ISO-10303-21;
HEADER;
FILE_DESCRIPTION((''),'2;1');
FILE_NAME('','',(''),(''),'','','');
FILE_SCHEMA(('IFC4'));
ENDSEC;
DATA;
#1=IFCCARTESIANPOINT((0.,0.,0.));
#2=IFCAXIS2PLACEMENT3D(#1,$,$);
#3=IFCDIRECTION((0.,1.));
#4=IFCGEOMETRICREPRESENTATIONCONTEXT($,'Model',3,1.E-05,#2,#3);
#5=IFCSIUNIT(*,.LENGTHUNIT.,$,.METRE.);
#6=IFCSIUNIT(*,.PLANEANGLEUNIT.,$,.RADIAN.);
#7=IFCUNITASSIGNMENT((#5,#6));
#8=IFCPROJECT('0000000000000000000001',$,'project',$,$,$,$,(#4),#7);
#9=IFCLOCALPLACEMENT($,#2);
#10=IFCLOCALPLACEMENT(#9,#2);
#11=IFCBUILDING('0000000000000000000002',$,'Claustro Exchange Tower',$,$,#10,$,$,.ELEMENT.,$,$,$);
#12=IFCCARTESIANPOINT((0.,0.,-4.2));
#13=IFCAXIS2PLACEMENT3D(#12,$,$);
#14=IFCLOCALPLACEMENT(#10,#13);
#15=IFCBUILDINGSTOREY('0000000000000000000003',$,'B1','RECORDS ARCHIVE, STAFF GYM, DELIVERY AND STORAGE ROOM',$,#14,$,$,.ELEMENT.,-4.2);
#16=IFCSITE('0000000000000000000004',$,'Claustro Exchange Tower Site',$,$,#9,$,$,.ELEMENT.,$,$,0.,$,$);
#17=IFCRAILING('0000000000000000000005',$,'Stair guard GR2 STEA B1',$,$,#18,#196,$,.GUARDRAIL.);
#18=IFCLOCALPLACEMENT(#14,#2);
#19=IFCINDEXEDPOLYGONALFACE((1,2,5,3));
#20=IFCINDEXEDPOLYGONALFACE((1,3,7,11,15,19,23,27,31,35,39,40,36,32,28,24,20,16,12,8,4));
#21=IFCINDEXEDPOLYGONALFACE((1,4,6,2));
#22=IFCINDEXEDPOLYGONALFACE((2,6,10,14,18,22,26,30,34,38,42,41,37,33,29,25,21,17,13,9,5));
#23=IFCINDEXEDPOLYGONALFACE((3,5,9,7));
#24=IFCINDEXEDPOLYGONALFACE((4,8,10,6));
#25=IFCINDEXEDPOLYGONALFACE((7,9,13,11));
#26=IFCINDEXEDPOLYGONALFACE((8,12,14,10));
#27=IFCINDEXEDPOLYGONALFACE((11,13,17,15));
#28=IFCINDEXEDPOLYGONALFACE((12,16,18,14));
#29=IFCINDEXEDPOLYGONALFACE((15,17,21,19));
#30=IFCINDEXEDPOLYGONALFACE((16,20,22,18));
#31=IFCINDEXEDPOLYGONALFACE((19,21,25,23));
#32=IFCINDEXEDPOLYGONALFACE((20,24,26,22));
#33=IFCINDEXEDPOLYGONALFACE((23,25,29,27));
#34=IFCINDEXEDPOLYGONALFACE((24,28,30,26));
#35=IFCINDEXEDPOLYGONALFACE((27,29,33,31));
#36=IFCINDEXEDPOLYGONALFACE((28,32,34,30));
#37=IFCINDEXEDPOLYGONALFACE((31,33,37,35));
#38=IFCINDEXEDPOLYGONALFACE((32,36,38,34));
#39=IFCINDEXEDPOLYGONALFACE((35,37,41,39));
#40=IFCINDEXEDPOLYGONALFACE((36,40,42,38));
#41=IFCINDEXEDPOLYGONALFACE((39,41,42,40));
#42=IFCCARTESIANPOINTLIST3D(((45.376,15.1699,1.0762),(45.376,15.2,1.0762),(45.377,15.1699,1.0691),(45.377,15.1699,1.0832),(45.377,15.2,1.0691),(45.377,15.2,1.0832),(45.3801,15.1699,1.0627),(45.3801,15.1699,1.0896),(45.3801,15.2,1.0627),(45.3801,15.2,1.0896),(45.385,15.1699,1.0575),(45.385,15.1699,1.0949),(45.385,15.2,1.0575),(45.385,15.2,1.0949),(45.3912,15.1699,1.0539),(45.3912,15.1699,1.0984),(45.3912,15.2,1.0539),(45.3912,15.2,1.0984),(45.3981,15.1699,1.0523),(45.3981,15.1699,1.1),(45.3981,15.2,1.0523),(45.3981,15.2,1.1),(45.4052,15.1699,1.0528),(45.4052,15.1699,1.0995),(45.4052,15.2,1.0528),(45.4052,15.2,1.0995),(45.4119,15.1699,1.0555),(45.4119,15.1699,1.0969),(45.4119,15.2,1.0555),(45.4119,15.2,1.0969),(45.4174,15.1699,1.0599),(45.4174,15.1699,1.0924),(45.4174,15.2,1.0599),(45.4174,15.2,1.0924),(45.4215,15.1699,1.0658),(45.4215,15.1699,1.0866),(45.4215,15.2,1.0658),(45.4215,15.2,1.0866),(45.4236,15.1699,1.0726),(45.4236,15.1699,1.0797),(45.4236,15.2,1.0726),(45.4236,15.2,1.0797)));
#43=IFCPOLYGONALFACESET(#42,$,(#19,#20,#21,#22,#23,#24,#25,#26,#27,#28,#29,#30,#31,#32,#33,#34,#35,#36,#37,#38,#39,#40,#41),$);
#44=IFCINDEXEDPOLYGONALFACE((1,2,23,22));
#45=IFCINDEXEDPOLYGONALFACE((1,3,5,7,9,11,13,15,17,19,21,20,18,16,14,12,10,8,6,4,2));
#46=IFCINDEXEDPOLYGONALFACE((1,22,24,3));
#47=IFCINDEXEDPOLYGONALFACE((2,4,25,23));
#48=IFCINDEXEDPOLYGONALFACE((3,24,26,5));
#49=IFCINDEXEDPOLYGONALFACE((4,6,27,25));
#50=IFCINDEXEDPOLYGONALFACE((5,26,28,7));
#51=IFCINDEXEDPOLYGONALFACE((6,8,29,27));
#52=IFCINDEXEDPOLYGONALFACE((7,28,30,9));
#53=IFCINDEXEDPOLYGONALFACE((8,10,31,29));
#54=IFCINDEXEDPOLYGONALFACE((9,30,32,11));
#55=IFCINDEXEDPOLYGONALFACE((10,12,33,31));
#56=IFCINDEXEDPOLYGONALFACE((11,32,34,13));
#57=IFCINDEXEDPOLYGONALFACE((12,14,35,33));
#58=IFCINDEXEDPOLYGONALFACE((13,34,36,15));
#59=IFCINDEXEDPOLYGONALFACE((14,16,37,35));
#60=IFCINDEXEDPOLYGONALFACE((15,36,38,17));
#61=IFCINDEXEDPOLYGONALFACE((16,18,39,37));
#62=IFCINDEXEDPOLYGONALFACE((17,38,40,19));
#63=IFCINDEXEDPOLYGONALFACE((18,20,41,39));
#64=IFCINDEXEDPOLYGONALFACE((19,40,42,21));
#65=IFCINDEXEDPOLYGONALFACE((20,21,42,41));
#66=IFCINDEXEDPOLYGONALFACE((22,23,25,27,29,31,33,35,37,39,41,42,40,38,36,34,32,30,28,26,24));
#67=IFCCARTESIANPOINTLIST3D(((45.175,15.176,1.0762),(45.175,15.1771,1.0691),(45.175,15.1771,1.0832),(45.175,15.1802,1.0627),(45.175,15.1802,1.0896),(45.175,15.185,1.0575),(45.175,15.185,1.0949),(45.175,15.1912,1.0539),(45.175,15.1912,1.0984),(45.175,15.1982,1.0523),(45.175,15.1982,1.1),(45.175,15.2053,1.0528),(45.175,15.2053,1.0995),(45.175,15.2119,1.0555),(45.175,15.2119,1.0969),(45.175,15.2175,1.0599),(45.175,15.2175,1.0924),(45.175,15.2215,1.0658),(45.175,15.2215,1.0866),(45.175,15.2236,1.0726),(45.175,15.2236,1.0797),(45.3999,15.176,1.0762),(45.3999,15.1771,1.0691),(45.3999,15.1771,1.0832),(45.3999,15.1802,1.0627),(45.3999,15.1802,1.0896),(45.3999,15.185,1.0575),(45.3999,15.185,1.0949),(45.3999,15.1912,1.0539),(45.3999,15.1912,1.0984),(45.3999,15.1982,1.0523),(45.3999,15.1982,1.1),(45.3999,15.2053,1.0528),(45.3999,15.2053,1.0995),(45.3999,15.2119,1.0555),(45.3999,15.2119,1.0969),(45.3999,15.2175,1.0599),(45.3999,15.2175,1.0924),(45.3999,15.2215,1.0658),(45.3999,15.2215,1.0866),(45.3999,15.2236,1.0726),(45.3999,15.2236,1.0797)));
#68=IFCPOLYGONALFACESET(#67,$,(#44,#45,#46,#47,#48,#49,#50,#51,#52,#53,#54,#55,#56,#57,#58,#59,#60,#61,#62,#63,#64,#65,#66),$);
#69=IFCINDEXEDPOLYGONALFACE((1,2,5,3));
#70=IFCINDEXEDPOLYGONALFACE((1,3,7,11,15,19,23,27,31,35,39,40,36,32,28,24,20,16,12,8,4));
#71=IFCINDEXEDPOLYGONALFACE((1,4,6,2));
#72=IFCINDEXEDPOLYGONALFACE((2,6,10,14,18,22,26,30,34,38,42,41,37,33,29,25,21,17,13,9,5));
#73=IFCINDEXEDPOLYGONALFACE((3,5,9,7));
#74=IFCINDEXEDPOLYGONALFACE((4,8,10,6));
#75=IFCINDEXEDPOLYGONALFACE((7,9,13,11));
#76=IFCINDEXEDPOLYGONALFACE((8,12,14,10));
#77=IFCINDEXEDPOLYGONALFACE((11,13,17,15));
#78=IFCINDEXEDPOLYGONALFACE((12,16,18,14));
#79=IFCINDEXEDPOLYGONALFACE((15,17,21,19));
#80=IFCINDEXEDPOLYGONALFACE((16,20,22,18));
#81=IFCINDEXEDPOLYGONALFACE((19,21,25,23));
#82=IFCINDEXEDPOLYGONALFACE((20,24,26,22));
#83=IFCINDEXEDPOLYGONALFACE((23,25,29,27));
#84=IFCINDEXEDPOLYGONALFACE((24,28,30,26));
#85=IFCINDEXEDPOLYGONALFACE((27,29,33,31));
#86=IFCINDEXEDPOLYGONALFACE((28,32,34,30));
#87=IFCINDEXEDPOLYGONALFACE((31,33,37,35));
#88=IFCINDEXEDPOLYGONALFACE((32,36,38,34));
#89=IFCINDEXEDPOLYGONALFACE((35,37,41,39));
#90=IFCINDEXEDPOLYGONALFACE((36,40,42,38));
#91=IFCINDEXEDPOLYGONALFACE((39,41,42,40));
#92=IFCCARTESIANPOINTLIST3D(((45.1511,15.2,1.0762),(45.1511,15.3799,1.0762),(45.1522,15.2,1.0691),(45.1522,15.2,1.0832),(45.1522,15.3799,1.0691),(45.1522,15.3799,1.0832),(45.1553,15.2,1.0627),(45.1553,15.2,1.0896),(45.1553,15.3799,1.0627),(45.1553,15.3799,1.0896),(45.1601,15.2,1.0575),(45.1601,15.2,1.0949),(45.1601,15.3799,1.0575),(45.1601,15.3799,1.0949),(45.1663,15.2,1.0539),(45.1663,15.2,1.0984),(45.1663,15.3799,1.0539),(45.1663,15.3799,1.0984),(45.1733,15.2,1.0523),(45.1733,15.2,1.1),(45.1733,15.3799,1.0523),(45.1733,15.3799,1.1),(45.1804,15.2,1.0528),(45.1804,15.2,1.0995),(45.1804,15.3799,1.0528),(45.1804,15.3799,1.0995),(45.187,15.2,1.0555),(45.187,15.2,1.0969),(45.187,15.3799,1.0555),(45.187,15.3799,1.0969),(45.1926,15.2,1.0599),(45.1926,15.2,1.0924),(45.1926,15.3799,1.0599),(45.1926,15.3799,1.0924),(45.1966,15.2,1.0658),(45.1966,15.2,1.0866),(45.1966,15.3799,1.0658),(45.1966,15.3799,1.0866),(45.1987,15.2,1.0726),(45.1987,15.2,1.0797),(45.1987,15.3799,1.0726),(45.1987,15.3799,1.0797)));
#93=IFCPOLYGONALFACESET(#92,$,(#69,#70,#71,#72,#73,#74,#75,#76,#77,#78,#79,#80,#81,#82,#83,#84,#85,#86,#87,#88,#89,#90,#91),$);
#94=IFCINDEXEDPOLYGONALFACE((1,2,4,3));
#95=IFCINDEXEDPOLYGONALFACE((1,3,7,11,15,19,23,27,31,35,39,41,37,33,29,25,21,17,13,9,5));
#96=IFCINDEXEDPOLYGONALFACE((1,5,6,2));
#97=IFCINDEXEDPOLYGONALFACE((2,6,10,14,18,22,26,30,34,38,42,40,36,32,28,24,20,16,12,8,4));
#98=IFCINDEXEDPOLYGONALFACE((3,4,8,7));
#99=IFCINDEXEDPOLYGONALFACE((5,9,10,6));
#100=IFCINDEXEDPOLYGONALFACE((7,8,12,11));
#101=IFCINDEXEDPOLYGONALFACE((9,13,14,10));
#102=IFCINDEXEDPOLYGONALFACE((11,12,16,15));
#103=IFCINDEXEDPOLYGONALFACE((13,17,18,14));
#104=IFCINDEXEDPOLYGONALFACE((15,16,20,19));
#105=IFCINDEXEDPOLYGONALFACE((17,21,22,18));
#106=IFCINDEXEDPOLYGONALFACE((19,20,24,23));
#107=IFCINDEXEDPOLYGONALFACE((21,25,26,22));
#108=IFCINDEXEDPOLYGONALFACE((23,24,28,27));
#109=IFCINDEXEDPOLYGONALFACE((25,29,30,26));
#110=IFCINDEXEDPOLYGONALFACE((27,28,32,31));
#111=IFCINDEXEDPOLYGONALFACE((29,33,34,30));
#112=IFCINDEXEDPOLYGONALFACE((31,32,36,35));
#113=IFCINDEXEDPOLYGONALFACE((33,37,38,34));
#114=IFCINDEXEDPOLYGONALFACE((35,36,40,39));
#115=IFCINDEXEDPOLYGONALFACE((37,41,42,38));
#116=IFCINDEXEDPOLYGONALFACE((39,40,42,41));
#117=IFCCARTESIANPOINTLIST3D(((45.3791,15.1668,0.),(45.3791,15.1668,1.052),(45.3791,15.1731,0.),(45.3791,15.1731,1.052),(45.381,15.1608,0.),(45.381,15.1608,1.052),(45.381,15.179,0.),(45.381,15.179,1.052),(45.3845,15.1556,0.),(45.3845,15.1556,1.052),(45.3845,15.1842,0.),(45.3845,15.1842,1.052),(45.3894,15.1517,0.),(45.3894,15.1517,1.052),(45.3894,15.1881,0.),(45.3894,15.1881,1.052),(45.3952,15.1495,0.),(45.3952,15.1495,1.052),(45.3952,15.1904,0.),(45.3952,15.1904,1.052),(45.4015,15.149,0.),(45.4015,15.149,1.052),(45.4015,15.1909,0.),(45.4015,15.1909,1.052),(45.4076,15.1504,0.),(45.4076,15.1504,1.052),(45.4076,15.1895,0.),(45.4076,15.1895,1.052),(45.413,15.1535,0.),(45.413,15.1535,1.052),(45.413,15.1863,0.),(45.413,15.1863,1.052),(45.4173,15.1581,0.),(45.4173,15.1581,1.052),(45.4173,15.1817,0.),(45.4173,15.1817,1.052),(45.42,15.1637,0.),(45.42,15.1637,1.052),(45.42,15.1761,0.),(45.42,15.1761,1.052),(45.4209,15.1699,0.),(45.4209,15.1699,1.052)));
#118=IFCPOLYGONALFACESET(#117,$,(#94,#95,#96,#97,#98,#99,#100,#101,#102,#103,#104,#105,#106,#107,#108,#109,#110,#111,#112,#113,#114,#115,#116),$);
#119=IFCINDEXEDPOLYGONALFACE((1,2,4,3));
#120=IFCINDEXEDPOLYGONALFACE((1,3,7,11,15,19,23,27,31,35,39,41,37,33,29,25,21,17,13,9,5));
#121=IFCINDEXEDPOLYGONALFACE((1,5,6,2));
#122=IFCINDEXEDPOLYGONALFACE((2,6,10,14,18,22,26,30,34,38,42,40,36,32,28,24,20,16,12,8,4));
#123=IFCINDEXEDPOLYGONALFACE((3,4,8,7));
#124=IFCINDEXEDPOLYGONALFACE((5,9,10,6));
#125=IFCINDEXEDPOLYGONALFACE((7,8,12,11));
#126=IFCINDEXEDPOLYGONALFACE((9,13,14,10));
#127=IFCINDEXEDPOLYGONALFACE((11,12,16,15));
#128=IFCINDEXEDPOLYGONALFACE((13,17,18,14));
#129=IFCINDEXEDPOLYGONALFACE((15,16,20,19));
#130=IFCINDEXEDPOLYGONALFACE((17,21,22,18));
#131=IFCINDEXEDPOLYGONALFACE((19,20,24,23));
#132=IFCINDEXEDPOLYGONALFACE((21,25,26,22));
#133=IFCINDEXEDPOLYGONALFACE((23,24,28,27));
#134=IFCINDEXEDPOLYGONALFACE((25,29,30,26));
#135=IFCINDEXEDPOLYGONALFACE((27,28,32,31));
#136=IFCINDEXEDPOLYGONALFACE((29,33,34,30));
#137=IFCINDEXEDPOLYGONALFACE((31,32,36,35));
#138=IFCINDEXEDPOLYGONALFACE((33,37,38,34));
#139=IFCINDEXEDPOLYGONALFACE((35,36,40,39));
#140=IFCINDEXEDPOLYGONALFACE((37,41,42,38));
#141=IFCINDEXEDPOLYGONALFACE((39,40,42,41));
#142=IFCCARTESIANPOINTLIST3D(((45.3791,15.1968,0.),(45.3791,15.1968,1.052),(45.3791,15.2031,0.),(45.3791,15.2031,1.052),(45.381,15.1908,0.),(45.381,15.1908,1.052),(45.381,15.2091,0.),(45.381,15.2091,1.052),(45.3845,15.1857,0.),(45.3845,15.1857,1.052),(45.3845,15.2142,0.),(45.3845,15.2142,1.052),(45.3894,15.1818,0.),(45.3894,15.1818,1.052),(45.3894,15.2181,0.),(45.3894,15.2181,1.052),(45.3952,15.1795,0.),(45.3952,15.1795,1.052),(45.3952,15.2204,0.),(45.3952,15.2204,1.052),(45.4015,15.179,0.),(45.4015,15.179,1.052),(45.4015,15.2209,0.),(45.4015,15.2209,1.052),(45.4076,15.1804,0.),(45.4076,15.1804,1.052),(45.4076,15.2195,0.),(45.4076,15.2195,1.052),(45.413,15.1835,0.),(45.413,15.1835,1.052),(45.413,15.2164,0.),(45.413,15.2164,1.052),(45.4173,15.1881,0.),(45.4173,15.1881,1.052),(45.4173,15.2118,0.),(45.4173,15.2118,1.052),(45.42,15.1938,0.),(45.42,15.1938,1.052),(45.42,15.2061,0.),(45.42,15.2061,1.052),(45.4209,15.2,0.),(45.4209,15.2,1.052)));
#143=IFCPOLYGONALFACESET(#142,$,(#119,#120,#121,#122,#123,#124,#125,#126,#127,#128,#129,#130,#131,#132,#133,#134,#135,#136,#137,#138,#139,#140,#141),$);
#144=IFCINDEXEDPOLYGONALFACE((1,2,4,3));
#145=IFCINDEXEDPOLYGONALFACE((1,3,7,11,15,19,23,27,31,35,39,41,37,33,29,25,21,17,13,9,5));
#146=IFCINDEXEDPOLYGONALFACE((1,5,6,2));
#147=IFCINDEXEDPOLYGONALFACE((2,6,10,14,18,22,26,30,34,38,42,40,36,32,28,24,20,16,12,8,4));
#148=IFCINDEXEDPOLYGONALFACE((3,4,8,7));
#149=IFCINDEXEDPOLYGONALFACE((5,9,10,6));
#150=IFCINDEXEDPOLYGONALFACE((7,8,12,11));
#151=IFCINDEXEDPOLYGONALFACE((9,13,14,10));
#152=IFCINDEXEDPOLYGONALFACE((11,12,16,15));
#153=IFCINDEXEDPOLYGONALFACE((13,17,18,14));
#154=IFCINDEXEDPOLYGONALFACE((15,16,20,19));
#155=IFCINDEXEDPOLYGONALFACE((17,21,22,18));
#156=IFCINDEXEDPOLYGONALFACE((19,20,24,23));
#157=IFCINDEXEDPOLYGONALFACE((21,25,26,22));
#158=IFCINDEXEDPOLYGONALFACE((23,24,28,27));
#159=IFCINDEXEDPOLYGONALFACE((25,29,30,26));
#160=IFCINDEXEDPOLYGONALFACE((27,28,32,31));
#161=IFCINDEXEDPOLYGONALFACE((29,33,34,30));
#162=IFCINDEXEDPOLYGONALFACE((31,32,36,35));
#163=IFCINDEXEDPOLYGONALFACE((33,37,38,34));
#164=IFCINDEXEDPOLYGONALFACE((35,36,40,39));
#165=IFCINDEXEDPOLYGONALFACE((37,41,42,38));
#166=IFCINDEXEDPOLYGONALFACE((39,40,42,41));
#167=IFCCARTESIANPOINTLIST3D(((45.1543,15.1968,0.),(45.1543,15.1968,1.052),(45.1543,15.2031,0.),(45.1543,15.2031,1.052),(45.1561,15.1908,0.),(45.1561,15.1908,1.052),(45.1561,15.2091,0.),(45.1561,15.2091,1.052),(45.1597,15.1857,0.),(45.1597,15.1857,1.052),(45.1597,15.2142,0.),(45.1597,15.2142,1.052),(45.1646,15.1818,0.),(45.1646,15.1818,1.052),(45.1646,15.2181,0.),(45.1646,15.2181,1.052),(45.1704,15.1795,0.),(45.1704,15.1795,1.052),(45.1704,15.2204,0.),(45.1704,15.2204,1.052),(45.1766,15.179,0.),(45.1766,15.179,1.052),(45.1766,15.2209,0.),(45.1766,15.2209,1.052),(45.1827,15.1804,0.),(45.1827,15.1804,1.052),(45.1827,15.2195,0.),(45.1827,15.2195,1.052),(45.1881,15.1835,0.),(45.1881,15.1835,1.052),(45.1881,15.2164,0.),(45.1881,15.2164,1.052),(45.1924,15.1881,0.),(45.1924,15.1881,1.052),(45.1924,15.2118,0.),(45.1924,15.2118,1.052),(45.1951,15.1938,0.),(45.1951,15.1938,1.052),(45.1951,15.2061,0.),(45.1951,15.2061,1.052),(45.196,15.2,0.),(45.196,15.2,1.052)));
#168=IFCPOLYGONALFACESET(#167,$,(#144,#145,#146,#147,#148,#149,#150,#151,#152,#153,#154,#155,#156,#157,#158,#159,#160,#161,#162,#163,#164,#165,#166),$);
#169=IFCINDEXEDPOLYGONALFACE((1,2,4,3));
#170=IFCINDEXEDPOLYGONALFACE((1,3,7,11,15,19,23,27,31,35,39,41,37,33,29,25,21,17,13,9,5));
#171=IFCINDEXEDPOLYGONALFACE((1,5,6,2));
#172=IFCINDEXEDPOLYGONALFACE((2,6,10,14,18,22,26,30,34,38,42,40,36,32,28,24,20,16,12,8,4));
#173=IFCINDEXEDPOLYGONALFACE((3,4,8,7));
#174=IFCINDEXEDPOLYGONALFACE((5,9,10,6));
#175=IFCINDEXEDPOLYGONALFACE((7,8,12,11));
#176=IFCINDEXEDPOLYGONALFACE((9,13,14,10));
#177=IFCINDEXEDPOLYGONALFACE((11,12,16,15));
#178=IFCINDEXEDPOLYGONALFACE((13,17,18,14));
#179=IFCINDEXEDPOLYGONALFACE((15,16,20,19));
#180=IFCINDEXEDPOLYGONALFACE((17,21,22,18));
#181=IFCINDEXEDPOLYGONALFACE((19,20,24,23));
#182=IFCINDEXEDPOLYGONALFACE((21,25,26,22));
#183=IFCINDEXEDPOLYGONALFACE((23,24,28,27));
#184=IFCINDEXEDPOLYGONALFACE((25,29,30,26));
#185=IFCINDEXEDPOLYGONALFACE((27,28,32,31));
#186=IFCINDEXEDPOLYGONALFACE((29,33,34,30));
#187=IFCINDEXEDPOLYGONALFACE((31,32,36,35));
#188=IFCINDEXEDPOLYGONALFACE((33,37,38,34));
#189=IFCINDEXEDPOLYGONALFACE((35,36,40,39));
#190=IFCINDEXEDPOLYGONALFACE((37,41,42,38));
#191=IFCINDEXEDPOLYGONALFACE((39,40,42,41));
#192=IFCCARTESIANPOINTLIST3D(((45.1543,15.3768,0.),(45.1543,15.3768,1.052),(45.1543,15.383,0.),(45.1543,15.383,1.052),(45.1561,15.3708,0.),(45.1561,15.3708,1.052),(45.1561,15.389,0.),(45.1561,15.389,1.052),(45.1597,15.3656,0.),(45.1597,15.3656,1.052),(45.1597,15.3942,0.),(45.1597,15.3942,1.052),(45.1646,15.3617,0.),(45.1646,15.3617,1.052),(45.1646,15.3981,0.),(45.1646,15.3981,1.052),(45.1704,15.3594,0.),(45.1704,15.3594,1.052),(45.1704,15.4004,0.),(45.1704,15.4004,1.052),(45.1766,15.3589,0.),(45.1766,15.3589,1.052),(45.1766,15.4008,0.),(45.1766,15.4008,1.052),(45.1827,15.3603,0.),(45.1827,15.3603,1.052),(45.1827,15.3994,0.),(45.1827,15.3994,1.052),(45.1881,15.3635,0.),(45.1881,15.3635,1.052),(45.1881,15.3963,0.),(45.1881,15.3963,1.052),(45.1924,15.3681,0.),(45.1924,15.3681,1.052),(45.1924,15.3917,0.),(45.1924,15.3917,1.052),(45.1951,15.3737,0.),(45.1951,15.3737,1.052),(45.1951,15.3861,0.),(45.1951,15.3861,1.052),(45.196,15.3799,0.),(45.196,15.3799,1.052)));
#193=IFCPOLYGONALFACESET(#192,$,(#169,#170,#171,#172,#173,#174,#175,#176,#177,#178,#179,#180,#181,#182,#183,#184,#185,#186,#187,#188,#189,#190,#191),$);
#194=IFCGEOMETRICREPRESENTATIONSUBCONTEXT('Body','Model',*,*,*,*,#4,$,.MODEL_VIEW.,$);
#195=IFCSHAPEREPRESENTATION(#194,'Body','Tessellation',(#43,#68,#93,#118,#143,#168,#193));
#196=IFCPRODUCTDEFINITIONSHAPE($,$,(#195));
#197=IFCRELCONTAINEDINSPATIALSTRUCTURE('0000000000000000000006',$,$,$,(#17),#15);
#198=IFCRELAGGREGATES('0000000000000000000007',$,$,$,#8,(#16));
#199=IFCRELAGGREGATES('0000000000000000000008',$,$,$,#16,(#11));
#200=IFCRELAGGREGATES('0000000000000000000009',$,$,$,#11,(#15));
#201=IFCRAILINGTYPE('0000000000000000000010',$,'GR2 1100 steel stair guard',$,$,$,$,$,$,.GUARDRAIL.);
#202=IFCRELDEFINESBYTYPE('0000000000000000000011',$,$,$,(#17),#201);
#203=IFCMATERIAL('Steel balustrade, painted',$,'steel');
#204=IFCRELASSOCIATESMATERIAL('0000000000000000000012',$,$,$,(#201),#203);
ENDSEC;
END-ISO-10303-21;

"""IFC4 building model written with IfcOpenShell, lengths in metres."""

from ifc_helpers import new_model, si_unit, direction, frame, origin, origin_2d, place, context, subcontext, project, spatial, circle, extrude, material, type_object, element, save


model = new_model("IFC4")

# Units and contexts
model_context = context("Model", 3, precision=1e-05, world=origin(), true_north=direction((0.0, 1.0)))
body_context = subcontext(model_context, "Body", "Model", "MODEL_VIEW")
ifc_project = project(units=[si_unit("LENGTHUNIT", "METRE"), si_unit("PLANEANGLEUNIT", "RADIAN")], contexts=[model_context])

# Site, building, storey
site_placement = place(None, origin())
site = spatial("IfcSite", under=ifc_project, at=site_placement, Name="Claustro Exchange Tower Site", CompositionType="ELEMENT", RefElevation=0.0)
building_placement = place(site_placement, origin())
building = spatial("IfcBuilding", under=site, at=building_placement, Name="Claustro Exchange Tower", CompositionType="ELEMENT")
storey_placement = place(building_placement, frame((0.0, 0.0, -4.2)))
storey = spatial("IfcBuildingStorey", under=building, at=storey_placement, Name="B1", Description="RECORDS ARCHIVE, STAFF GYM, DELIVERY AND STORAGE ROOM", CompositionType="ELEMENT", Elevation=-4.2)

# Railing
ifc_material_1 = material(Name="Steel balustrade, painted", Category="steel")
railing_type_1 = type_object("IfcRailingType", Name="GR2 1100 steel stair guard", PredefinedType="GUARDRAIL", material=ifc_material_1)
railing_1_placement = place(storey_placement, frame((45.3999, 15.1699, 0.0)))
element("IfcRailing", 1, at=railing_1_placement, inside=storey, type_object=railing_type_1, Name="Stair guard GR2 STEA B1", PredefinedType="GUARDRAIL", context=body_context, shape_type="SweptSolid", body=[
    extrude(circle(Radius=0.0239, at=origin_2d()), frame((0.0, 0.0, 1.0762), z_axis=(0.0, 1.0, 0.0), x_axis=(-1.0, 0.0, 0.0)), (0.0, 0.0, 1.0), 0.03),
    extrude(circle(Radius=0.0239, at=origin_2d()), frame((0.0, 0.03, 1.0762), z_axis=(-1.0, 0.0, 0.0), x_axis=(0.0, -1.0, 0.0)), (0.0, 0.0, 1.0), 0.2249),
    extrude(circle(Radius=0.0239, at=origin_2d()), frame((-0.2249, 0.03, 1.0762), z_axis=(0.0, 1.0, 0.0), x_axis=(-1.0, 0.0, 0.0)), (0.0, 0.0, 1.0), 0.1799),
    extrude(circle(Radius=0.021, at=origin_2d()), origin(), (0.0, 0.0, 1.0), 1.052),
    extrude(circle(Radius=0.021, at=origin_2d()), frame((0.0, 0.03, 0.0)), (0.0, 0.0, 1.0), 1.052),
    extrude(circle(Radius=0.021, at=origin_2d()), frame((-0.2249, 0.03, 0.0)), (0.0, 0.0, 1.0), 1.052),
    extrude(circle(Radius=0.021, at=origin_2d()), frame((-0.2249, 0.21, 0.0)), (0.0, 0.0, 1.0), 1.052),
])

save(model, "model.ifc")
